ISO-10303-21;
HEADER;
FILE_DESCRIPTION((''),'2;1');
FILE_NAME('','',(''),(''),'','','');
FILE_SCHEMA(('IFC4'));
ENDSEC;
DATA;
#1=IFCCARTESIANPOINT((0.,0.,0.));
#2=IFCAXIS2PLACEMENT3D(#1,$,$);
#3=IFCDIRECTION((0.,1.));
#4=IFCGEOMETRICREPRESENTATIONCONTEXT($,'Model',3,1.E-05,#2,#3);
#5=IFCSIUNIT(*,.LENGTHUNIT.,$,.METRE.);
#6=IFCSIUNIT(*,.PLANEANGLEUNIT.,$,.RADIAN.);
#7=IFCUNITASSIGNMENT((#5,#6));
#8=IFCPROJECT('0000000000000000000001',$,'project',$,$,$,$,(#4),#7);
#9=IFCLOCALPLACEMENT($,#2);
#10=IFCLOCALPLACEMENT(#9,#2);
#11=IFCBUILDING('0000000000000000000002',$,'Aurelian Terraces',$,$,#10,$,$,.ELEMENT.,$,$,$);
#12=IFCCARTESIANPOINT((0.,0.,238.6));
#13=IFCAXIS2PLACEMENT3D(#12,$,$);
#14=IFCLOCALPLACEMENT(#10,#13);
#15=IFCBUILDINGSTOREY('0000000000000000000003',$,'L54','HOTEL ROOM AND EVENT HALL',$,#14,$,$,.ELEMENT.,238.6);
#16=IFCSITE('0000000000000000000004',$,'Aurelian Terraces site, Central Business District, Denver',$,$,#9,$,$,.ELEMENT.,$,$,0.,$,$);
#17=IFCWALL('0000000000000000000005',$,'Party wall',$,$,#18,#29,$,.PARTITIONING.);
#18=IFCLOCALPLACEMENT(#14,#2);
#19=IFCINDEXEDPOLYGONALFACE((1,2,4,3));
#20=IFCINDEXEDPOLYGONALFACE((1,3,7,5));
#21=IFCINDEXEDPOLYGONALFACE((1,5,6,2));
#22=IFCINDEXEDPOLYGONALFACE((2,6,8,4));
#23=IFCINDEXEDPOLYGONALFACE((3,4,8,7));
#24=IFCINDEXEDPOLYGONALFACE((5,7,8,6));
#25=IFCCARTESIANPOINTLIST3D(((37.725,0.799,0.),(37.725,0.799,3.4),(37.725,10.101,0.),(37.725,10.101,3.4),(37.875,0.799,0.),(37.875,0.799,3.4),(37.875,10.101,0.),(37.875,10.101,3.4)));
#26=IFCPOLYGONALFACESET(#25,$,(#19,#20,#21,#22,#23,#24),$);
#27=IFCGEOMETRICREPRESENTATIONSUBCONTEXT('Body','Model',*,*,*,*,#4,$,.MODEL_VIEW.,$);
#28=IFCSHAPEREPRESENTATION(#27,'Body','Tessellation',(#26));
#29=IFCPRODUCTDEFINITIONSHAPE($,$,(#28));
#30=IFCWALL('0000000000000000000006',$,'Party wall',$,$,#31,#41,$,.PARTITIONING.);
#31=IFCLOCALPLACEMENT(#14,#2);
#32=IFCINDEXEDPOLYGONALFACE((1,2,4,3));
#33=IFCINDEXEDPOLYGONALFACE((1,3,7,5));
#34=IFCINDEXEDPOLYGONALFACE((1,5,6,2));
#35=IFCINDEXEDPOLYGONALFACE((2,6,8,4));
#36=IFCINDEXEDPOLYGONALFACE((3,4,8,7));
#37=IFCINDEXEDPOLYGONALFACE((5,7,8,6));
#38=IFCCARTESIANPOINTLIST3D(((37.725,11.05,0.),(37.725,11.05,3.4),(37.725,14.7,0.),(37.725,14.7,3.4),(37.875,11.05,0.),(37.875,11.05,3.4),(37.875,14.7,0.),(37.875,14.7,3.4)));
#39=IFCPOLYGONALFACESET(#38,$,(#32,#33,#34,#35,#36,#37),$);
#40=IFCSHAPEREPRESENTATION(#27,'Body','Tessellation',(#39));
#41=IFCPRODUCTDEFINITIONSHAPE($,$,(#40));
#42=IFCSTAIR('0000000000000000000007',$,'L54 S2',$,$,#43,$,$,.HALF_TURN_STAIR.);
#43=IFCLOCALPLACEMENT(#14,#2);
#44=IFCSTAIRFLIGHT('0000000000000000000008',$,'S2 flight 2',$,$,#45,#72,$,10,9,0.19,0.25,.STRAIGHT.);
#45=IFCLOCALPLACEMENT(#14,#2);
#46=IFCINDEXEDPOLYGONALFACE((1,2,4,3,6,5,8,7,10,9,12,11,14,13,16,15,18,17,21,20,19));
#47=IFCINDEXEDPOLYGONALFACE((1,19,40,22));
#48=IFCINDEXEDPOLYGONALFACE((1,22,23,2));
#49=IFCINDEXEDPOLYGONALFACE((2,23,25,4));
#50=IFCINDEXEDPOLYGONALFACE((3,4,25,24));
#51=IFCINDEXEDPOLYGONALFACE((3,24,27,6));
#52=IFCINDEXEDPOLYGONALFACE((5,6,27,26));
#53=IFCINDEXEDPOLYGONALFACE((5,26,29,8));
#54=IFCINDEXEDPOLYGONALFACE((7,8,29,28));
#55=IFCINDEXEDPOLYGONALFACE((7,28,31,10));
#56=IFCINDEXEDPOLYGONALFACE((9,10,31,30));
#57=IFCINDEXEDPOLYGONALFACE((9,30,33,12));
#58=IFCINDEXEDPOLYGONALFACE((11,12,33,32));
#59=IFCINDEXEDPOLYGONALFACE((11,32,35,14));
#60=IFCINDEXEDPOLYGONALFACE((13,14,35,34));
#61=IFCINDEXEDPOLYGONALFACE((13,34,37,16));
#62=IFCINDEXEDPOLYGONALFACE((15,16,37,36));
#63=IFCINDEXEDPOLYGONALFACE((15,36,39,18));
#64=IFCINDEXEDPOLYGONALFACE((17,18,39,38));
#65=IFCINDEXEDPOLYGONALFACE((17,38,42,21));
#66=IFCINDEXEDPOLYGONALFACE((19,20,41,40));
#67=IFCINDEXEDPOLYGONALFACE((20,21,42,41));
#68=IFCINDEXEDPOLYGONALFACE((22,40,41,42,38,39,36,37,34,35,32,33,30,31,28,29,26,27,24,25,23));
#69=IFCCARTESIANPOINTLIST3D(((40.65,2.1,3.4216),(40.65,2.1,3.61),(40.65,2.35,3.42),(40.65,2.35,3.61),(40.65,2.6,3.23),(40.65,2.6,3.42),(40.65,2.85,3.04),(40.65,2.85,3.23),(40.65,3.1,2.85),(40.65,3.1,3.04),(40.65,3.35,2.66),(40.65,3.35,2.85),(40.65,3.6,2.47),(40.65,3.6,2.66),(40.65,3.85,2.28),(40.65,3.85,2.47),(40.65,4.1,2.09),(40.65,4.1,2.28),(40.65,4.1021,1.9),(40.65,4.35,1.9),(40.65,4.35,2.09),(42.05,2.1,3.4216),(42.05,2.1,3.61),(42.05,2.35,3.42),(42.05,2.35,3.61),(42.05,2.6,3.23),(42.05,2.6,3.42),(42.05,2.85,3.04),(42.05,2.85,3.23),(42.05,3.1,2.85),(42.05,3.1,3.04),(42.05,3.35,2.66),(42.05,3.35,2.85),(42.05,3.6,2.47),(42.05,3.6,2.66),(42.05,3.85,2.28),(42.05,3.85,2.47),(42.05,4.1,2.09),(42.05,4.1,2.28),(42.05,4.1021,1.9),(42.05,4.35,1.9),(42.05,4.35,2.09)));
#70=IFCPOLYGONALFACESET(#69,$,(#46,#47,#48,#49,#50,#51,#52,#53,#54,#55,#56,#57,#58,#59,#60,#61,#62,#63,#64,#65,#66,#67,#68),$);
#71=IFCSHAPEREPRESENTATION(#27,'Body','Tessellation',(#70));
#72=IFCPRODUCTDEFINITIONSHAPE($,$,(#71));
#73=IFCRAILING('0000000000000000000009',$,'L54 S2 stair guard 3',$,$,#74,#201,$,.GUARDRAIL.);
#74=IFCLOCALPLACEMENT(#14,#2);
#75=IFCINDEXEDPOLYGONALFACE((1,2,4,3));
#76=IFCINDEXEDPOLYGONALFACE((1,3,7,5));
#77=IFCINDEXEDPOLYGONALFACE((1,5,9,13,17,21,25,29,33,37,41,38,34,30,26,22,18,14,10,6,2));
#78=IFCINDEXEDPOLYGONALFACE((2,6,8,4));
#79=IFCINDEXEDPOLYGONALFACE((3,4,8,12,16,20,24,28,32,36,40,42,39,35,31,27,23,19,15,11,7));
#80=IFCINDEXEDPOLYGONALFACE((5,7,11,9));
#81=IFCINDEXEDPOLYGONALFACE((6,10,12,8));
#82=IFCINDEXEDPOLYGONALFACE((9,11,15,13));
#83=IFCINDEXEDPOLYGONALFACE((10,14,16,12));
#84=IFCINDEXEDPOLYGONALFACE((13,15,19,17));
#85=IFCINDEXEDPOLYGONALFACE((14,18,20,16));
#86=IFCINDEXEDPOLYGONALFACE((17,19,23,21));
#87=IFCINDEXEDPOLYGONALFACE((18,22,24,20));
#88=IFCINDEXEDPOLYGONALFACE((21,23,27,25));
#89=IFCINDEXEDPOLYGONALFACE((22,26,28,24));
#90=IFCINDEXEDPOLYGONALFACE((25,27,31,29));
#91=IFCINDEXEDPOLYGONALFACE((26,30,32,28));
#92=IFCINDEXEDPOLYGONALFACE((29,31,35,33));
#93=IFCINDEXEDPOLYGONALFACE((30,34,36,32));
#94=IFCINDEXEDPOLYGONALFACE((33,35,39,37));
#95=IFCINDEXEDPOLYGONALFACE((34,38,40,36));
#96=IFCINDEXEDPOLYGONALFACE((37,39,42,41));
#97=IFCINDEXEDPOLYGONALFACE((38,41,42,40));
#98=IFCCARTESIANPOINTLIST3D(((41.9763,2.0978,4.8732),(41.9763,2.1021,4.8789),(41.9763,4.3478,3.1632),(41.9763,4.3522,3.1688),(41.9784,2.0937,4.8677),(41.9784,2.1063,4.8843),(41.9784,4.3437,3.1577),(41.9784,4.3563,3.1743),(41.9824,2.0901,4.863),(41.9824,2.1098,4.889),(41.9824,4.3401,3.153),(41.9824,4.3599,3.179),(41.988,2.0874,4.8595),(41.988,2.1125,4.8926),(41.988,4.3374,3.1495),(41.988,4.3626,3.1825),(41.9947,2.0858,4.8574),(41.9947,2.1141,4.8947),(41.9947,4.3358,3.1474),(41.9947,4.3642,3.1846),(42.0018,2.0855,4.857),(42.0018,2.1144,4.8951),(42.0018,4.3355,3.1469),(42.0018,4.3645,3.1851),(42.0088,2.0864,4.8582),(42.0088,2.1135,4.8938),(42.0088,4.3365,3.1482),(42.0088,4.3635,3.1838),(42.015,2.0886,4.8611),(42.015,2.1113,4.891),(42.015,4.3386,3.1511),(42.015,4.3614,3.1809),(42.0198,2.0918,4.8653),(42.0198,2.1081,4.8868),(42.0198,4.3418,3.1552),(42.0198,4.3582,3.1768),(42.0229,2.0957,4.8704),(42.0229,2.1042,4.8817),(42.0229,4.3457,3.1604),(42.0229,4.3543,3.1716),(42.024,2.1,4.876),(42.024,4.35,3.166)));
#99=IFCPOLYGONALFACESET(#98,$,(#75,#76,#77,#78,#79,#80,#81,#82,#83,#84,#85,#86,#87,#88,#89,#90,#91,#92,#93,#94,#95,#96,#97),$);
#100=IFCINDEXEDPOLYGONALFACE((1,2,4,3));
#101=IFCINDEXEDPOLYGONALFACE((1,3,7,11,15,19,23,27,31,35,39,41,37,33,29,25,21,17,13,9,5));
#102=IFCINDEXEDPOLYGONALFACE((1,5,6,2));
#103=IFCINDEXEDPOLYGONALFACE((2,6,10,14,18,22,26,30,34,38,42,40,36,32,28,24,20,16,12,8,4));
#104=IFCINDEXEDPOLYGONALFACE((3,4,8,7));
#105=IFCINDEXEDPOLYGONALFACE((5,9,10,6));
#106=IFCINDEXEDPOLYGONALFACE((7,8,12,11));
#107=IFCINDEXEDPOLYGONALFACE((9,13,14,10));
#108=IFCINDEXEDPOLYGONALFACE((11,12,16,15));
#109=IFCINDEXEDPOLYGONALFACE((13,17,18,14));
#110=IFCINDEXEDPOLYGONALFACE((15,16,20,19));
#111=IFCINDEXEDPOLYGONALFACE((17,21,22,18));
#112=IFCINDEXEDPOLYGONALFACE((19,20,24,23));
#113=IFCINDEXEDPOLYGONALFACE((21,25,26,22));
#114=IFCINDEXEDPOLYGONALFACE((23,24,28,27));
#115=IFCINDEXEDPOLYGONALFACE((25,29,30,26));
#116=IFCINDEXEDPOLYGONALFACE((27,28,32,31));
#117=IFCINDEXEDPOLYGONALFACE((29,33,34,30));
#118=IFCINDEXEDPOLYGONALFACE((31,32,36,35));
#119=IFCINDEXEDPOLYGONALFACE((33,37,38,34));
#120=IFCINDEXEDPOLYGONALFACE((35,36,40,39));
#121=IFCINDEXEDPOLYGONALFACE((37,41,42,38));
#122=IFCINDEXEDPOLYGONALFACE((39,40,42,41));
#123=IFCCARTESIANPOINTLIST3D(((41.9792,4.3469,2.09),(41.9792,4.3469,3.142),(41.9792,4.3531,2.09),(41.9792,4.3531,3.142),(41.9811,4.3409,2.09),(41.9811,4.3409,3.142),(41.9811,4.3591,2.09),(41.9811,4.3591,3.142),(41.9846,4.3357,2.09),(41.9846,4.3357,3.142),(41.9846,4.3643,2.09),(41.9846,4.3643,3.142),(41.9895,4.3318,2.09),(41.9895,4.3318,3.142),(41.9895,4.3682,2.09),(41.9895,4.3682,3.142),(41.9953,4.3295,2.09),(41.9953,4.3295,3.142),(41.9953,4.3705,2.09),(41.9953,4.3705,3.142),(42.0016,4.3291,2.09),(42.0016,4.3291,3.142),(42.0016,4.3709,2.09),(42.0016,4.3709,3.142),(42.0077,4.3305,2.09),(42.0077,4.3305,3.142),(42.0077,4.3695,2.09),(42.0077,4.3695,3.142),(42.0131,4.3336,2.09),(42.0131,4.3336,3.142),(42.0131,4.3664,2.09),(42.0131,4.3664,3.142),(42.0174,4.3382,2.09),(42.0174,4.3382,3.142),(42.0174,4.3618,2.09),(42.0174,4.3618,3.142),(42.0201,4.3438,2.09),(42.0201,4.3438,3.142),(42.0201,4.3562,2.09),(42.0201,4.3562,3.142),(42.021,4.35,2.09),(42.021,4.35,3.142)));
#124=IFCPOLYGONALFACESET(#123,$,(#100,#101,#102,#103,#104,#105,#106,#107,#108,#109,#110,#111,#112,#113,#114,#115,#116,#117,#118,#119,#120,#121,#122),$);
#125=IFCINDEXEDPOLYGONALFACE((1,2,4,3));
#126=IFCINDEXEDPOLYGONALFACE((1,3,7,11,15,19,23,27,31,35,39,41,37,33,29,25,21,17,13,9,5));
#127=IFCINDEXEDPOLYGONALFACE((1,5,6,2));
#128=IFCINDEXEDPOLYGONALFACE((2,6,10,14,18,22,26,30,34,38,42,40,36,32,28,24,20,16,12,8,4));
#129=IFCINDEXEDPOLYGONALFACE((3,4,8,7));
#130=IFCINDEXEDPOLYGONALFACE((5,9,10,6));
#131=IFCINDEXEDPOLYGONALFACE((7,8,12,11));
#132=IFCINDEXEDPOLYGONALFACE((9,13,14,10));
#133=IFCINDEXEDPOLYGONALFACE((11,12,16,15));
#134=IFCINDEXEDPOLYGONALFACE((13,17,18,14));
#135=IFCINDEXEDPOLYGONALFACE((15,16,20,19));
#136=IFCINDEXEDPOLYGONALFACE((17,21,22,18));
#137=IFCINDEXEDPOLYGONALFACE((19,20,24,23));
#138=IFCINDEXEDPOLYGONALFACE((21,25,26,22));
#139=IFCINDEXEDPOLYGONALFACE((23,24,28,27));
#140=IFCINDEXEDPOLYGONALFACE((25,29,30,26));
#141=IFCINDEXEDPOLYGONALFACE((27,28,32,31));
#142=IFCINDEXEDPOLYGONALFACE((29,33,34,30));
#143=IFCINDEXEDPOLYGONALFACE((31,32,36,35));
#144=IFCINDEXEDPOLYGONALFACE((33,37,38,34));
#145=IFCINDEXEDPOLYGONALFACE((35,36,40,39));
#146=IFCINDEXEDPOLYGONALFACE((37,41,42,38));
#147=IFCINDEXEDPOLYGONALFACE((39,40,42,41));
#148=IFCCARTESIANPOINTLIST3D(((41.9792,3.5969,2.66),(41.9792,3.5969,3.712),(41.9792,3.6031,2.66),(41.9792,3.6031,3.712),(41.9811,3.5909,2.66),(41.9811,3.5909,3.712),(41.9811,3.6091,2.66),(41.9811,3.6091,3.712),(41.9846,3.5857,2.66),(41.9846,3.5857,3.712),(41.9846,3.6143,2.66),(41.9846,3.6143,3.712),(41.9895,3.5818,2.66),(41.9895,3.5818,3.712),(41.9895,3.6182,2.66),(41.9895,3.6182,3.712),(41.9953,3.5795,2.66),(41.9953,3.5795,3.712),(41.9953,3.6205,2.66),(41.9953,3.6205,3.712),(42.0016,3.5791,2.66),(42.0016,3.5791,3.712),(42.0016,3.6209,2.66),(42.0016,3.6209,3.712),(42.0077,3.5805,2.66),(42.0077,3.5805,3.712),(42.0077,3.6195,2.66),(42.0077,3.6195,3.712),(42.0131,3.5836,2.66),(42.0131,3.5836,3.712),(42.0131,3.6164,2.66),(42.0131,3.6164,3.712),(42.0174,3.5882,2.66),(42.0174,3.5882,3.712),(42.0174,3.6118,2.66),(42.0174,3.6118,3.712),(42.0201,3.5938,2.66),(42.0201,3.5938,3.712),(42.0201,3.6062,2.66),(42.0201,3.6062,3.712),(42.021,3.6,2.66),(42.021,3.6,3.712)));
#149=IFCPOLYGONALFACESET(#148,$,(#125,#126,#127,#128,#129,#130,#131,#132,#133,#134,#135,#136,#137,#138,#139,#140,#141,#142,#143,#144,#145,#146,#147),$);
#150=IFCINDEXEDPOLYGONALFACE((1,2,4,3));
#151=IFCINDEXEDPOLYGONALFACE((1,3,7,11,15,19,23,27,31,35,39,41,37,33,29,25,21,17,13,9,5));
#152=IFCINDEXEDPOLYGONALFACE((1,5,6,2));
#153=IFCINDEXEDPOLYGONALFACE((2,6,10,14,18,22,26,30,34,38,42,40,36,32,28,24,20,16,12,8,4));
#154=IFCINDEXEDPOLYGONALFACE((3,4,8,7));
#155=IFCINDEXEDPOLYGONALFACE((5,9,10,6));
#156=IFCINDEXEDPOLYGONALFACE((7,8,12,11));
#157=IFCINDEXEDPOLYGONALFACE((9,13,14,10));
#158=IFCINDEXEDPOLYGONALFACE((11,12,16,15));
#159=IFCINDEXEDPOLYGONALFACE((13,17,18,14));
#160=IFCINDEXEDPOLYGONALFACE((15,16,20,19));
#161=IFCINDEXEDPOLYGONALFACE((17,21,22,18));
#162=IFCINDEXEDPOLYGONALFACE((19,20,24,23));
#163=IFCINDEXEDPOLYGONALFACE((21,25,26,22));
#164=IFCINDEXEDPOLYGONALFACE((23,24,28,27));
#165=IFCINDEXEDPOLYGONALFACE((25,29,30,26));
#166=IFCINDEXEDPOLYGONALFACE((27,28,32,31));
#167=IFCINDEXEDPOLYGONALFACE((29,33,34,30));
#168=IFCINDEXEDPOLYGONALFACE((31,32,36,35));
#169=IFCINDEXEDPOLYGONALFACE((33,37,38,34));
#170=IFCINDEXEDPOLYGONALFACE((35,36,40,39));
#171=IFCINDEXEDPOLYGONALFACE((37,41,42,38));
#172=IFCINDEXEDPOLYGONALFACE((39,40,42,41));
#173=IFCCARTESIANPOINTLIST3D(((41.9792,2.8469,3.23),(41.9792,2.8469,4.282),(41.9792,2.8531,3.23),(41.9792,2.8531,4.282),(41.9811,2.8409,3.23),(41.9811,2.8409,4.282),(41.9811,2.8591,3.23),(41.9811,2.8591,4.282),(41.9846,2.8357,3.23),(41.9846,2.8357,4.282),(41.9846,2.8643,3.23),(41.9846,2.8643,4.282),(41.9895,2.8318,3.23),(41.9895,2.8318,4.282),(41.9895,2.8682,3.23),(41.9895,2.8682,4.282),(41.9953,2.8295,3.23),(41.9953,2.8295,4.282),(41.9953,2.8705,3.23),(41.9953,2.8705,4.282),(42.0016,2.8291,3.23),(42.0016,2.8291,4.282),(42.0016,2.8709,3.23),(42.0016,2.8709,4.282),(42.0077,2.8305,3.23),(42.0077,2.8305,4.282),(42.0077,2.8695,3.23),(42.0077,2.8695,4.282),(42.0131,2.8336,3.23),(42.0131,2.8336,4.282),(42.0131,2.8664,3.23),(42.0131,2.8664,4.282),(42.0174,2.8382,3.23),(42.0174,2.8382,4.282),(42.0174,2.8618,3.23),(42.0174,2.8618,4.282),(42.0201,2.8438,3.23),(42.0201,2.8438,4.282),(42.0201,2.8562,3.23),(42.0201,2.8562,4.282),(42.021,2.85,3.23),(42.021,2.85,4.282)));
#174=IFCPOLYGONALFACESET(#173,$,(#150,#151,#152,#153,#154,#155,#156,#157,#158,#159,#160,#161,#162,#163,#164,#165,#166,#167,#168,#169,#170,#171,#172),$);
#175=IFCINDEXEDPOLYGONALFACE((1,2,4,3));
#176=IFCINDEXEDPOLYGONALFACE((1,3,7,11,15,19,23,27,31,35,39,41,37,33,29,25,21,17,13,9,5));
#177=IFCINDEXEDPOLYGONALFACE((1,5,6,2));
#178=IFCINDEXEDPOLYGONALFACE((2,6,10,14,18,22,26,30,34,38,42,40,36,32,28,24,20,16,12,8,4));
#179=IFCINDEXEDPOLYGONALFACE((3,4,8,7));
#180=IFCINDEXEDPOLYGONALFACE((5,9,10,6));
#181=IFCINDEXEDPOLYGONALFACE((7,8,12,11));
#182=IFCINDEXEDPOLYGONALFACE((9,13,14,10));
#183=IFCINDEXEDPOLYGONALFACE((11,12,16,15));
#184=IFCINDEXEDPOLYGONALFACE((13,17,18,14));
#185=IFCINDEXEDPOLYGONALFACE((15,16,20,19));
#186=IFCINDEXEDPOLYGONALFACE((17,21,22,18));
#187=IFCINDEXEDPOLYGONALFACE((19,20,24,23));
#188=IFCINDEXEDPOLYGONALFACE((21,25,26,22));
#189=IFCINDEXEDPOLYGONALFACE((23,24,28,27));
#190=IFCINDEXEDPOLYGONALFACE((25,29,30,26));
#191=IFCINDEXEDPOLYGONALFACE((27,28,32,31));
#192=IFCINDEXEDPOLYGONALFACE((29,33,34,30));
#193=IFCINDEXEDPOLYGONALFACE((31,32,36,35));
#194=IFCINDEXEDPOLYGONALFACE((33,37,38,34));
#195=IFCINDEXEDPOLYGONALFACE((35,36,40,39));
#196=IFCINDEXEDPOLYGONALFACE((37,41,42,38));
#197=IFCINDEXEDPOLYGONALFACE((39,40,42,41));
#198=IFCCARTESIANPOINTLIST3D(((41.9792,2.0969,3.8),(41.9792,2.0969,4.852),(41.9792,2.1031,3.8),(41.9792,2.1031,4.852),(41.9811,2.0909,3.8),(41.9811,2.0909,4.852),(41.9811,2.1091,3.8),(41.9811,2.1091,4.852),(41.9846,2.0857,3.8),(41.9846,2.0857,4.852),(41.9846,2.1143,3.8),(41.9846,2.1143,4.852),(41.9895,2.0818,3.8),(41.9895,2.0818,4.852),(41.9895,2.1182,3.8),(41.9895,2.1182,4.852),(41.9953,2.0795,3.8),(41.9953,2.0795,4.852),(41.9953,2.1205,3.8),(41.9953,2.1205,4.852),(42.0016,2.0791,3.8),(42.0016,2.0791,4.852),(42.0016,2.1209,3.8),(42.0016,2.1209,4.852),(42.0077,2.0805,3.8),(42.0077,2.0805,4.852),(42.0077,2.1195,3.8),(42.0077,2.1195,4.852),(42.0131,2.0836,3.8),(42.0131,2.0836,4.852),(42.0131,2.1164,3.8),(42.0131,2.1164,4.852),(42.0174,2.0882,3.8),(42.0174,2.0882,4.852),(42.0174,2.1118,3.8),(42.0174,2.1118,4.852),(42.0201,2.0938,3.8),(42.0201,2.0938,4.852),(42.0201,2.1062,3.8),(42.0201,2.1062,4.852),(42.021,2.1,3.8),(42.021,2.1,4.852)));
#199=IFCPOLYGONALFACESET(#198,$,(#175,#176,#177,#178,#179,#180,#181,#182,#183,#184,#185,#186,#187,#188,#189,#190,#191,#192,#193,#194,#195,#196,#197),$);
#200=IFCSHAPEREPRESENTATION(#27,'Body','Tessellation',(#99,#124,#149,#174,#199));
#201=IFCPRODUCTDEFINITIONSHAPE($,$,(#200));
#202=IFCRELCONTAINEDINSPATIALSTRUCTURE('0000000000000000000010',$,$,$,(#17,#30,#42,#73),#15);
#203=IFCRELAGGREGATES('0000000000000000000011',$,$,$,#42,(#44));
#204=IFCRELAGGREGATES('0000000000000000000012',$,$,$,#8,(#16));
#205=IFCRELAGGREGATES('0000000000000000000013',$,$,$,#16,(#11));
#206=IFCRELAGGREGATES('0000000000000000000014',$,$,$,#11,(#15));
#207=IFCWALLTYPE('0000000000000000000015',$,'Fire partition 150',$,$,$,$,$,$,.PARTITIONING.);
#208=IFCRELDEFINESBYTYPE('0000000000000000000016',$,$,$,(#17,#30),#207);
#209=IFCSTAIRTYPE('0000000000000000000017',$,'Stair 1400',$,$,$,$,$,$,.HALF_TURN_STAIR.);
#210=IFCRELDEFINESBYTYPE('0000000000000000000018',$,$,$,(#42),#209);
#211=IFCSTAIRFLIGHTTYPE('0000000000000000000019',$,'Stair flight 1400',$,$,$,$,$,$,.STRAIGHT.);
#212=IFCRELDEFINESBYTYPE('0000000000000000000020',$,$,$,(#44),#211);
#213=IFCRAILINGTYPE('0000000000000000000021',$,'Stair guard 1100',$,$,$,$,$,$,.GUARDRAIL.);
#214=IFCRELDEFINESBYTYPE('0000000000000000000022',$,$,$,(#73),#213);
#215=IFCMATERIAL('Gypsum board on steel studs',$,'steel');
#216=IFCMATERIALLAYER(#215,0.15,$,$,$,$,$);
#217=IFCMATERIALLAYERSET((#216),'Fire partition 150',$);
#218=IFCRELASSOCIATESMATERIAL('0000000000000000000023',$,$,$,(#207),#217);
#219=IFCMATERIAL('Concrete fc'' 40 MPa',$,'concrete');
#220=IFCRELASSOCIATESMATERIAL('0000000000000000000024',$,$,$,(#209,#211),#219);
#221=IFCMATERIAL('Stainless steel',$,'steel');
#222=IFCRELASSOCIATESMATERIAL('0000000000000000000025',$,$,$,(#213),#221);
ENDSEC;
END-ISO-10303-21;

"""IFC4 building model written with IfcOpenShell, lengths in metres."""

from ifc_helpers import new_model, si_unit, direction, frame, frame_2d, origin, origin_2d, place, context, subcontext, project, spatial, polyline, rectangle, circle, outline, extrude, source, transform, mapped, material, layer, layer_set, type_object, element, aggregate, save


model = new_model("IFC4")

# Units and contexts
model_context = context("Model", 3, precision=1e-05, world=origin(), true_north=direction((0.0, 1.0)))
body_context = subcontext(model_context, "Body", "Model", "MODEL_VIEW")
ifc_project = project(units=[si_unit("LENGTHUNIT", "METRE"), si_unit("PLANEANGLEUNIT", "RADIAN")], contexts=[model_context])

# Site, building, storey
site_placement = place(None, origin())
site = spatial("IfcSite", under=ifc_project, at=site_placement, Name="Aurelian Terraces site, Central Business District, Denver", CompositionType="ELEMENT", RefElevation=0.0)
building_placement = place(site_placement, origin())
building = spatial("IfcBuilding", under=site, at=building_placement, Name="Aurelian Terraces", CompositionType="ELEMENT")
storey_placement = place(building_placement, frame((0.0, 0.0, 238.6)))
storey = spatial("IfcBuildingStorey", under=building, at=storey_placement, Name="L54", Description="HOTEL ROOM AND EVENT HALL", CompositionType="ELEMENT", Elevation=238.6)

# Shared definitions
ifc_material_1 = material(Name="Concrete fc' 40 MPa", Category="concrete")

# Shared definitions
ifc_material_2 = material(Name="Gypsum board on steel studs", Category="steel")

# Shared definitions
ifc_layer_1 = layer(ifc_material_2, 0.15)
ifc_layer_set_1 = layer_set([ifc_layer_1], Name="Fire partition 150")
wall_type_1 = type_object("IfcWallType", Name="Fire partition 150", PredefinedType="PARTITIONING", material=ifc_layer_set_1)

# Walls
shared_shape_1 = source(origin(), body_context, "Body", "SweptSolid", [
    extrude(rectangle(XDim=9.302, YDim=0.15, at=frame_2d((4.651, 0.0))), origin(), (0.0, 0.0, 1.0), 3.4),
])
wall_1_placement = place(storey_placement, frame((37.8, 0.799, 0.0), z_axis=(0.0, 0.0, 1.0), x_axis=(0.0, 1.0, 0.0)))
element("IfcWall", 1, at=wall_1_placement, inside=storey, type_object=wall_type_1, Name="Party wall", PredefinedType="PARTITIONING", context=body_context, shape_type="MappedRepresentation", body=[
    mapped(shared_shape_1, transform((0.0, 0.0, 0.0), scale=1.0)),
])
shared_shape_2 = source(origin(), body_context, "Body", "SweptSolid", [
    extrude(rectangle(XDim=3.65, YDim=0.15, at=frame_2d((1.825, 0.0))), origin(), (0.0, 0.0, 1.0), 3.4),
])
wall_2_placement = place(storey_placement, frame((37.8, 11.05, 0.0), z_axis=(0.0, 0.0, 1.0), x_axis=(0.0, 1.0, 0.0)))
element("IfcWall", 2, at=wall_2_placement, inside=storey, type_object=wall_type_1, Name="Party wall", PredefinedType="PARTITIONING", context=body_context, shape_type="MappedRepresentation", body=[
    mapped(shared_shape_2, transform((0.0, 0.0, 0.0), scale=1.0)),
])

# Stair, stair flight
stair_type = type_object("IfcStairType", Name="Stair 1400", PredefinedType="HALF_TURN_STAIR", material=ifc_material_1)
stair_placement = place(storey_placement, origin())
stair = element("IfcStair", 3, at=stair_placement, inside=storey, type_object=stair_type, Name="L54 S2", PredefinedType="HALF_TURN_STAIR")
stair_flight_type = type_object("IfcStairFlightType", Name="Stair flight 1400", PredefinedType="STRAIGHT", material=ifc_material_1)
shared_shape_3 = source(origin(), body_context, "Body", "SweptSolid", [
    extrude(outline(polyline([(0.0, 0.0), (0.0, 0.19), (0.25, 0.19), (0.25, 0.38), (0.5, 0.38), (0.5, 0.57), (0.75, 0.57), (0.75, 0.76), (1.0, 0.76), (1.0, 0.95), (1.25, 0.95), (1.25, 1.14), (1.5, 1.14), (1.5, 1.33), (1.75, 1.33), (1.75, 1.52), (2.0, 1.52), (2.0, 1.71), (2.25, 1.71), (2.25, 1.9), (2.25, 1.5216), (0.2479, 0.0), (0.0, 0.0)])), frame((0.0, 0.7, 0.0), z_axis=(0.0, -1.0, 0.0), x_axis=(1.0, 0.0, 0.0)), (0.0, 0.0, 1.0), 1.4),
])
stair_flight_placement = place(storey_placement, frame((41.35, 4.35, 1.9), z_axis=(0.0, 0.0, 1.0), x_axis=(0.0, -1.0, 0.0)))
stair_flight = element("IfcStairFlight", 4, at=stair_flight_placement, type_object=stair_flight_type, Name="S2 flight 2", NumberOfRisers=10, NumberOfTreads=9, PredefinedType="STRAIGHT", RiserHeight=0.19, TreadLength=0.25, context=body_context, shape_type="MappedRepresentation", body=[
    mapped(shared_shape_3, transform((0.0, 0.0, 0.0), scale=1.0)),
])
aggregate(stair, [stair_flight])

# Railing
ifc_material_3 = material(Name="Stainless steel", Category="steel")
railing_type_1 = type_object("IfcRailingType", Name="Stair guard 1100", PredefinedType="GUARDRAIL", material=ifc_material_3)
shared_shape_4 = source(origin(), body_context, "Body", "SweptSolid", [
    extrude(circle(Radius=0.024, at=origin_2d()), frame((0.0, 0.0, 1.076), z_axis=(0.0, -0.796162, 0.605083), x_axis=(1.0, 0.0, 0.0)), (0.0, 0.0, 1.0), 2.8261),
    extrude(circle(Radius=0.021, at=origin_2d()), origin(), (0.0, 0.0, 1.0), 1.052),
    extrude(circle(Radius=0.021, at=origin_2d()), frame((0.0, -0.75, 0.57)), (0.0, 0.0, 1.0), 1.052),
    extrude(circle(Radius=0.021, at=origin_2d()), frame((0.0, -1.5, 1.14)), (0.0, 0.0, 1.0), 1.052),
    extrude(circle(Radius=0.021, at=origin_2d()), frame((0.0, -2.25, 1.71)), (0.0, 0.0, 1.0), 1.052),
])
railing_1_placement = place(storey_placement, frame((42.0, 4.35, 2.09)))
element("IfcRailing", 5, at=railing_1_placement, inside=storey, type_object=railing_type_1, Name="L54 S2 stair guard 3", PredefinedType="GUARDRAIL", context=body_context, shape_type="MappedRepresentation", body=[
    mapped(shared_shape_4, transform((0.0, 0.0, 0.0), scale=1.0)),
])

save(model, "model.ifc")
